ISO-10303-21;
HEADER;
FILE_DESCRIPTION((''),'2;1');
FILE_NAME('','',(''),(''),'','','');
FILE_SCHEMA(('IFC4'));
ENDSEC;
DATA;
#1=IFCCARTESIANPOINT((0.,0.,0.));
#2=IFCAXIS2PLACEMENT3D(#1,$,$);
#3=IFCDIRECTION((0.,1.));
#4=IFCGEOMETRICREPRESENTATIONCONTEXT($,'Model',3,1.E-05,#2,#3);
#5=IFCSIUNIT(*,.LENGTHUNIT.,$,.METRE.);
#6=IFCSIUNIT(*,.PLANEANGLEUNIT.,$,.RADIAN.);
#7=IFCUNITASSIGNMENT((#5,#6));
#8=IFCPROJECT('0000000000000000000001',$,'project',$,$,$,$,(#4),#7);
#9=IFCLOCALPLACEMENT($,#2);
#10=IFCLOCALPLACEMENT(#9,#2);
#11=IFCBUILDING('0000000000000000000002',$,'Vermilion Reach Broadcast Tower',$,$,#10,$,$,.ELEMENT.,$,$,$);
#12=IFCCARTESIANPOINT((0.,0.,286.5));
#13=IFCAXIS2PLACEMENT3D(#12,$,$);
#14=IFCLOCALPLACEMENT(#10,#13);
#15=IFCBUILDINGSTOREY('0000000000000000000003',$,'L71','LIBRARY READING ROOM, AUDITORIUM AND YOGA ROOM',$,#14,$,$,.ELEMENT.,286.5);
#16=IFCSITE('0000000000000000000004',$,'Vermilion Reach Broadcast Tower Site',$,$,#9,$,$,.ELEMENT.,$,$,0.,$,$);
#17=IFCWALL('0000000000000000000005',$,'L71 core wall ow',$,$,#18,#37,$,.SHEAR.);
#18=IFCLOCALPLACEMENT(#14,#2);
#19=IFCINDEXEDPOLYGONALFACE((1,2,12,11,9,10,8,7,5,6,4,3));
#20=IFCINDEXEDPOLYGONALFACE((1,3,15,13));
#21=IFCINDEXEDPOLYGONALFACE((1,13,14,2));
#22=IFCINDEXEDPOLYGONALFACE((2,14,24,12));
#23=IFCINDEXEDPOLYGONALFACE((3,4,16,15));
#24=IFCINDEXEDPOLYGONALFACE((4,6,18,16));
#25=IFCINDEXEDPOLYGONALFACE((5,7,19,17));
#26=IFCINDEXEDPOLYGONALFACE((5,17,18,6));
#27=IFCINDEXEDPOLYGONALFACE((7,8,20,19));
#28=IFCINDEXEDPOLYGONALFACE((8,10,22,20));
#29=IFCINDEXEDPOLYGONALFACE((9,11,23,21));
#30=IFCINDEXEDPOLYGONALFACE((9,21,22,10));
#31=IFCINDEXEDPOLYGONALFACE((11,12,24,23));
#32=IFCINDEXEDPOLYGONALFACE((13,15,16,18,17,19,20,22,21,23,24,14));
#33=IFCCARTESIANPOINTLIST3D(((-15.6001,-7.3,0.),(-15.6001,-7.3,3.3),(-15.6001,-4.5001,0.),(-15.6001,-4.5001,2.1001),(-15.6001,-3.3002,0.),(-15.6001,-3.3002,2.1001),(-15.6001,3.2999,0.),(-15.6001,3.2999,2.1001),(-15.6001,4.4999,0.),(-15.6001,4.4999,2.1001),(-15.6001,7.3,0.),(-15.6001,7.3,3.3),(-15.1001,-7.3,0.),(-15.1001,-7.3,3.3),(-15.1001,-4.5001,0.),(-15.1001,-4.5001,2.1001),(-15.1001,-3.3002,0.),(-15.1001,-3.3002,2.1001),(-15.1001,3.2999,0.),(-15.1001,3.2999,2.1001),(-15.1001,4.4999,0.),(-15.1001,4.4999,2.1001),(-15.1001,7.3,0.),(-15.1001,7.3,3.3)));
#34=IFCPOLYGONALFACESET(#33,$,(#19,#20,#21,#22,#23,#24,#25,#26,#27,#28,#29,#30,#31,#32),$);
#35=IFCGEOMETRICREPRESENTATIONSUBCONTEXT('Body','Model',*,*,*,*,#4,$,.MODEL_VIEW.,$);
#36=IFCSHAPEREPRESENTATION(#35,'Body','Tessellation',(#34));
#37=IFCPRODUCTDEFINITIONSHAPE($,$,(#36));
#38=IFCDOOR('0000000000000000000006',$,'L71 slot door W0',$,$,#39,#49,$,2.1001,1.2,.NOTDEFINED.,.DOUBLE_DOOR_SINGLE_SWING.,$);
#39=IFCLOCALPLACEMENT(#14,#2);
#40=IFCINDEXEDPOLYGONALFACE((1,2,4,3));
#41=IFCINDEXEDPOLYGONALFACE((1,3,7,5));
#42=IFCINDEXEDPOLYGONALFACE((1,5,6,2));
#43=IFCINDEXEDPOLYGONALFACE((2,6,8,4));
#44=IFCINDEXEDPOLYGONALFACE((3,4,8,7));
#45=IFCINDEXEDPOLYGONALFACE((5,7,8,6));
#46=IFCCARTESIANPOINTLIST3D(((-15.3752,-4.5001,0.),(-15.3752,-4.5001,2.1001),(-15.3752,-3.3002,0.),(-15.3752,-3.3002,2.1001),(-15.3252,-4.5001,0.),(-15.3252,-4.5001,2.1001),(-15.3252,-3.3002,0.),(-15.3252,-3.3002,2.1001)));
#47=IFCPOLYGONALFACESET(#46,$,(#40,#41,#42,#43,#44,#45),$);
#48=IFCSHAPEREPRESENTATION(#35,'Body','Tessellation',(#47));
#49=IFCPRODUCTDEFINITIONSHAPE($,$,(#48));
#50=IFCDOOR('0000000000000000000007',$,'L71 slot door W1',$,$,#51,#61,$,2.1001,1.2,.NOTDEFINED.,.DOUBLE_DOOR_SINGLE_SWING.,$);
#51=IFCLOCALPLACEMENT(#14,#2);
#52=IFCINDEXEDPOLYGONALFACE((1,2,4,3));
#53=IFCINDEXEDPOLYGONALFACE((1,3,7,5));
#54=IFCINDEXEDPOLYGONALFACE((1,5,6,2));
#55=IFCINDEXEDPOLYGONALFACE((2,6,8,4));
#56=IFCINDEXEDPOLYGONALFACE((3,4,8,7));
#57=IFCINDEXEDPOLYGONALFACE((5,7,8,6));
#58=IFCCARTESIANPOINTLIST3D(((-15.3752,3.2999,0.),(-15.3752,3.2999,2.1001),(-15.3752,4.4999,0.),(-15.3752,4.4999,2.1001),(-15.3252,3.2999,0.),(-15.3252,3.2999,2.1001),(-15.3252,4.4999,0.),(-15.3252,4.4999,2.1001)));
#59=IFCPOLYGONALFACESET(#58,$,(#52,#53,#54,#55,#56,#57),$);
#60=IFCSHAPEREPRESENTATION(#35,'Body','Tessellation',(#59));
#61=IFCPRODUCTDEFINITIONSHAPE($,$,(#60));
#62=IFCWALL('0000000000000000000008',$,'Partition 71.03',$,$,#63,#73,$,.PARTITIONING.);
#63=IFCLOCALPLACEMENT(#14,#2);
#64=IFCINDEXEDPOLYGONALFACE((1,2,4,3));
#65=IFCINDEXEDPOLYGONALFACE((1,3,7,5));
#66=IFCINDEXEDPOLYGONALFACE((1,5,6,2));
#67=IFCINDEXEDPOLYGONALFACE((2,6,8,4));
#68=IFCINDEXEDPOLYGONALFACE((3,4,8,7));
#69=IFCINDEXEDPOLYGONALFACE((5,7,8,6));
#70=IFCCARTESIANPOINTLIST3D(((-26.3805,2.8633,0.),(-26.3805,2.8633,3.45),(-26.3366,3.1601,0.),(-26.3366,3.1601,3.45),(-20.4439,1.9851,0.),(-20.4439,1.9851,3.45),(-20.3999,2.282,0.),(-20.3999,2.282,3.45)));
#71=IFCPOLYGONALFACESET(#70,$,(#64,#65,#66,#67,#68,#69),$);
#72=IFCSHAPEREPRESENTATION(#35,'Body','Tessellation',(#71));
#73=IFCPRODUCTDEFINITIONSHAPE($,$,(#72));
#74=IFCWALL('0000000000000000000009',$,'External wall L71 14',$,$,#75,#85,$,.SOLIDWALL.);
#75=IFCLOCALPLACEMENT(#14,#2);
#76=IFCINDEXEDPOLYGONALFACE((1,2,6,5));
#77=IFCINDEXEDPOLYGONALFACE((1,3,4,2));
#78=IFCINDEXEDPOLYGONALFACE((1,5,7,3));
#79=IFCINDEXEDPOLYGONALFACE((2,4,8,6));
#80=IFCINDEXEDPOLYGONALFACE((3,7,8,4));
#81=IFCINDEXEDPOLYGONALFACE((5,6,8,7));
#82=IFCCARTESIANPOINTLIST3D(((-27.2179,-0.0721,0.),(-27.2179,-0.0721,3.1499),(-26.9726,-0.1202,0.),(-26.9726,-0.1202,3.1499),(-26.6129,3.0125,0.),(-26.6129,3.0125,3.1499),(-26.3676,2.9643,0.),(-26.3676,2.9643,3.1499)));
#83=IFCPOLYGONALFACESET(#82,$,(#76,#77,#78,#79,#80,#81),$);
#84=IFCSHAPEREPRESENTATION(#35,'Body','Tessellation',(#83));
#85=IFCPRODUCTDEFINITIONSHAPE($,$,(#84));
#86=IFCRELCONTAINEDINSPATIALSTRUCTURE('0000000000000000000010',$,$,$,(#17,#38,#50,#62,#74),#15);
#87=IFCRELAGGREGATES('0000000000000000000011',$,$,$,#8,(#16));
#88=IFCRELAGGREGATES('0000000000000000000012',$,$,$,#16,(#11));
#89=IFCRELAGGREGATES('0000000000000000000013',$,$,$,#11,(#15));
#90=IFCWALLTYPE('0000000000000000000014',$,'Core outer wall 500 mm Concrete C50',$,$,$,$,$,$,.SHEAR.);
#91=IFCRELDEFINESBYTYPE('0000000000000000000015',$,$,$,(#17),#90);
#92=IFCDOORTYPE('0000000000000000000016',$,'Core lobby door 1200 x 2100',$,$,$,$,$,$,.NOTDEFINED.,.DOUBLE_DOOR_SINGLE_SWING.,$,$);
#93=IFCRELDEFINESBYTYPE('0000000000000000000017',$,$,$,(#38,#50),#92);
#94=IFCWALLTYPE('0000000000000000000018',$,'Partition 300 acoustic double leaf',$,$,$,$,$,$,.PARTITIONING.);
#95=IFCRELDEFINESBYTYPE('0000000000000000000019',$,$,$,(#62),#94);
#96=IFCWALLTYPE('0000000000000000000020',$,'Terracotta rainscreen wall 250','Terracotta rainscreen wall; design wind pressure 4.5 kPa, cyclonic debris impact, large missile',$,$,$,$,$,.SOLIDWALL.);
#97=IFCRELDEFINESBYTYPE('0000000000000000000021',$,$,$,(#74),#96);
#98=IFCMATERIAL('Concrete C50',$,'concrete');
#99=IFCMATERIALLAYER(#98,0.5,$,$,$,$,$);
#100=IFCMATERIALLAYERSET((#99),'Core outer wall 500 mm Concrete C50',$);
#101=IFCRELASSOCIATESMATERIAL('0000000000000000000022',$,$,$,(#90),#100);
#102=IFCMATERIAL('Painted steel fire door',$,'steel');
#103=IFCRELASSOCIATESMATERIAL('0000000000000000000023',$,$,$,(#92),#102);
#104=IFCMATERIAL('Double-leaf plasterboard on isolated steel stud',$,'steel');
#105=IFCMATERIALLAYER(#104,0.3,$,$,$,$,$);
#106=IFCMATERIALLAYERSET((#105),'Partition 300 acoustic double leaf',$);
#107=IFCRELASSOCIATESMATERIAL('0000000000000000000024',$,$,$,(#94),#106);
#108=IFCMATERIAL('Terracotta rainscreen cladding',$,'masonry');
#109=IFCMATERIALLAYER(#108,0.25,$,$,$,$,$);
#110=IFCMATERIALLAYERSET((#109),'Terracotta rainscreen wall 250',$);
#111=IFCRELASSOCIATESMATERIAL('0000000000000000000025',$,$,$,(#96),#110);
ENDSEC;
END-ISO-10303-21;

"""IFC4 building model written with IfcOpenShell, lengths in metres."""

from ifc_helpers import new_model, si_unit, direction, frame, frame_2d, origin, place, context, subcontext, project, spatial, rectangle, extrude, material, layer, layer_set, type_object, element, fill, save


model = new_model("IFC4")

# Units and contexts
model_context = context("Model", 3, precision=1e-05, world=origin(), true_north=direction((0.0, 1.0)))
body_context = subcontext(model_context, "Body", "Model", "MODEL_VIEW")
ifc_project = project(units=[si_unit("LENGTHUNIT", "METRE"), si_unit("PLANEANGLEUNIT", "RADIAN")], contexts=[model_context])

# Site, building, storey
site_placement = place(None, origin())
site = spatial("IfcSite", under=ifc_project, at=site_placement, Name="Vermilion Reach Broadcast Tower Site", CompositionType="ELEMENT", RefElevation=0.0)
building_placement = place(site_placement, origin())
building = spatial("IfcBuilding", under=site, at=building_placement, Name="Vermilion Reach Broadcast Tower", CompositionType="ELEMENT")
storey_placement = place(building_placement, frame((0.0, 0.0, 286.5)))
storey = spatial("IfcBuildingStorey", under=building, at=storey_placement, Name="L71", Description="LIBRARY READING ROOM, AUDITORIUM AND YOGA ROOM", CompositionType="ELEMENT", Elevation=286.5)

# Wall, openings, doors
ifc_material_1 = material(Name="Concrete C50", Category="concrete")
ifc_layer_1 = layer(ifc_material_1, 0.5)
ifc_layer_set_1 = layer_set([ifc_layer_1], Name="Core outer wall 500 mm Concrete C50")
wall_type_1 = type_object("IfcWallType", Name="Core outer wall 500 mm Concrete C50", PredefinedType="SHEAR", material=ifc_layer_set_1)
wall_1_placement = place(storey_placement, frame((-15.3501, 7.3, 0.0), z_axis=(0.0, 0.0, 1.0), x_axis=(0.0, -1.0, 0.0)))
wall_1 = element("IfcWall", 1, at=wall_1_placement, inside=storey, type_object=wall_type_1, Name="L71 core wall ow", PredefinedType="SHEAR", context=body_context, shape_type="SweptSolid", body=[
    extrude(rectangle(XDim=14.6001, YDim=0.5, at=frame_2d((7.3, 0.0))), origin(), (0.0, 0.0, 1.0), 3.3),
])
opening_1_placement = place(wall_1_placement, frame((10.6001, 0.0, 0.0)))
opening_1 = element("IfcOpeningElement", 2, at=opening_1_placement, cuts=wall_1, PredefinedType="OPENING", context=body_context, shape_type="SweptSolid", body=[
    extrude(rectangle(XDim=1.2, YDim=2.1001, at=frame_2d((0.6001, 1.05))), frame((0.0, 0.26, 0.0), z_axis=(0.0, -1.0, 0.0), x_axis=(1.0, 0.0, 0.0)), (0.0, 0.0, 1.0), 0.52),
])
opening_2_placement = place(wall_1_placement, frame((2.8, 0.0, 0.0)))
opening_2 = element("IfcOpeningElement", 3, at=opening_2_placement, cuts=wall_1, PredefinedType="OPENING", context=body_context, shape_type="SweptSolid", body=[
    extrude(rectangle(XDim=1.2, YDim=2.1001, at=frame_2d((0.6001, 1.05))), frame((0.0, 0.26, 0.0), z_axis=(0.0, -1.0, 0.0), x_axis=(1.0, 0.0, 0.0)), (0.0, 0.0, 1.0), 0.52),
])
ifc_material_2 = material(Name="Painted steel fire door", Category="steel")
door_type = type_object("IfcDoorType", Name="Core lobby door 1200 x 2100", OperationType="DOUBLE_DOOR_SINGLE_SWING", PredefinedType="NOTDEFINED", material=ifc_material_2)
door_1_placement = place(opening_1_placement, origin())
door_1 = element("IfcDoor", 4, at=door_1_placement, inside=storey, type_object=door_type, Name="L71 slot door W0", OperationType="DOUBLE_DOOR_SINGLE_SWING", OverallHeight=2.1001, OverallWidth=1.2, PredefinedType="NOTDEFINED", context=body_context, shape_type="SweptSolid", body=[
    extrude(rectangle(XDim=1.2, YDim=2.1001, at=frame_2d((0.6001, 1.05))), frame((0.0, 0.0249, 0.0), z_axis=(0.0, -1.0, 0.0), x_axis=(1.0, 0.0, 0.0)), (0.0, 0.0, 1.0), 0.05),
])
fill(opening_1, door_1)
door_2_placement = place(opening_2_placement, origin())
door_2 = element("IfcDoor", 5, at=door_2_placement, inside=storey, type_object=door_type, Name="L71 slot door W1", OperationType="DOUBLE_DOOR_SINGLE_SWING", OverallHeight=2.1001, OverallWidth=1.2, PredefinedType="NOTDEFINED", context=body_context, shape_type="SweptSolid", body=[
    extrude(rectangle(XDim=1.2, YDim=2.1001, at=frame_2d((0.6001, 1.05))), frame((0.0, 0.0249, 0.0), z_axis=(0.0, -1.0, 0.0), x_axis=(1.0, 0.0, 0.0)), (0.0, 0.0, 1.0), 0.05),
])
fill(opening_2, door_2)

# Walls
ifc_material_3 = material(Name="Double-leaf plasterboard on isolated steel stud", Category="steel")
ifc_layer_2 = layer(ifc_material_3, 0.3)
ifc_layer_set_2 = layer_set([ifc_layer_2], Name="Partition 300 acoustic double leaf")
wall_type_2 = type_object("IfcWallType", Name="Partition 300 acoustic double leaf", PredefinedType="PARTITIONING", material=ifc_layer_set_2)
wall_2_placement = place(storey_placement, frame((-26.3584, 3.0117, 0.0), z_axis=(0.0, 0.0, 1.0), x_axis=(0.989235, -0.146335, 0.0)))
element("IfcWall", 6, at=wall_2_placement, inside=storey, type_object=wall_type_2, Name="Partition 71.03", PredefinedType="PARTITIONING", context=body_context, shape_type="SweptSolid", body=[
    extrude(rectangle(XDim=6.0012, YDim=0.3, at=frame_2d((3.0005, 0.0))), origin(), (0.0, 0.0, 1.0), 3.45),
])
ifc_material_4 = material(Name="Terracotta rainscreen cladding", Category="masonry")
ifc_layer_3 = layer(ifc_material_4, 0.25)
ifc_layer_set_3 = layer_set([ifc_layer_3], Name="Terracotta rainscreen wall 250")
wall_type_3 = type_object("IfcWallType", Name="Terracotta rainscreen wall 250", Description="Terracotta rainscreen wall; design wind pressure 4.5 kPa, cyclonic debris impact, large missile", PredefinedType="SOLIDWALL", material=ifc_layer_set_3)
wall_3_placement = place(storey_placement, frame((-26.4902, 2.9885, 0.0), z_axis=(0.0, 0.0, 1.0), x_axis=(-0.19247, -0.981303, 0.0)))
element("IfcWall", 7, at=wall_3_placement, inside=storey, type_object=wall_type_3, Name="External wall L71 14", PredefinedType="SOLIDWALL", context=body_context, shape_type="SweptSolid", body=[
    extrude(rectangle(XDim=3.1433, YDim=0.25, at=frame_2d((1.5718, 0.0))), origin(), (0.0, 0.0, 1.0), 3.1499),
])

save(model, "model.ifc")
